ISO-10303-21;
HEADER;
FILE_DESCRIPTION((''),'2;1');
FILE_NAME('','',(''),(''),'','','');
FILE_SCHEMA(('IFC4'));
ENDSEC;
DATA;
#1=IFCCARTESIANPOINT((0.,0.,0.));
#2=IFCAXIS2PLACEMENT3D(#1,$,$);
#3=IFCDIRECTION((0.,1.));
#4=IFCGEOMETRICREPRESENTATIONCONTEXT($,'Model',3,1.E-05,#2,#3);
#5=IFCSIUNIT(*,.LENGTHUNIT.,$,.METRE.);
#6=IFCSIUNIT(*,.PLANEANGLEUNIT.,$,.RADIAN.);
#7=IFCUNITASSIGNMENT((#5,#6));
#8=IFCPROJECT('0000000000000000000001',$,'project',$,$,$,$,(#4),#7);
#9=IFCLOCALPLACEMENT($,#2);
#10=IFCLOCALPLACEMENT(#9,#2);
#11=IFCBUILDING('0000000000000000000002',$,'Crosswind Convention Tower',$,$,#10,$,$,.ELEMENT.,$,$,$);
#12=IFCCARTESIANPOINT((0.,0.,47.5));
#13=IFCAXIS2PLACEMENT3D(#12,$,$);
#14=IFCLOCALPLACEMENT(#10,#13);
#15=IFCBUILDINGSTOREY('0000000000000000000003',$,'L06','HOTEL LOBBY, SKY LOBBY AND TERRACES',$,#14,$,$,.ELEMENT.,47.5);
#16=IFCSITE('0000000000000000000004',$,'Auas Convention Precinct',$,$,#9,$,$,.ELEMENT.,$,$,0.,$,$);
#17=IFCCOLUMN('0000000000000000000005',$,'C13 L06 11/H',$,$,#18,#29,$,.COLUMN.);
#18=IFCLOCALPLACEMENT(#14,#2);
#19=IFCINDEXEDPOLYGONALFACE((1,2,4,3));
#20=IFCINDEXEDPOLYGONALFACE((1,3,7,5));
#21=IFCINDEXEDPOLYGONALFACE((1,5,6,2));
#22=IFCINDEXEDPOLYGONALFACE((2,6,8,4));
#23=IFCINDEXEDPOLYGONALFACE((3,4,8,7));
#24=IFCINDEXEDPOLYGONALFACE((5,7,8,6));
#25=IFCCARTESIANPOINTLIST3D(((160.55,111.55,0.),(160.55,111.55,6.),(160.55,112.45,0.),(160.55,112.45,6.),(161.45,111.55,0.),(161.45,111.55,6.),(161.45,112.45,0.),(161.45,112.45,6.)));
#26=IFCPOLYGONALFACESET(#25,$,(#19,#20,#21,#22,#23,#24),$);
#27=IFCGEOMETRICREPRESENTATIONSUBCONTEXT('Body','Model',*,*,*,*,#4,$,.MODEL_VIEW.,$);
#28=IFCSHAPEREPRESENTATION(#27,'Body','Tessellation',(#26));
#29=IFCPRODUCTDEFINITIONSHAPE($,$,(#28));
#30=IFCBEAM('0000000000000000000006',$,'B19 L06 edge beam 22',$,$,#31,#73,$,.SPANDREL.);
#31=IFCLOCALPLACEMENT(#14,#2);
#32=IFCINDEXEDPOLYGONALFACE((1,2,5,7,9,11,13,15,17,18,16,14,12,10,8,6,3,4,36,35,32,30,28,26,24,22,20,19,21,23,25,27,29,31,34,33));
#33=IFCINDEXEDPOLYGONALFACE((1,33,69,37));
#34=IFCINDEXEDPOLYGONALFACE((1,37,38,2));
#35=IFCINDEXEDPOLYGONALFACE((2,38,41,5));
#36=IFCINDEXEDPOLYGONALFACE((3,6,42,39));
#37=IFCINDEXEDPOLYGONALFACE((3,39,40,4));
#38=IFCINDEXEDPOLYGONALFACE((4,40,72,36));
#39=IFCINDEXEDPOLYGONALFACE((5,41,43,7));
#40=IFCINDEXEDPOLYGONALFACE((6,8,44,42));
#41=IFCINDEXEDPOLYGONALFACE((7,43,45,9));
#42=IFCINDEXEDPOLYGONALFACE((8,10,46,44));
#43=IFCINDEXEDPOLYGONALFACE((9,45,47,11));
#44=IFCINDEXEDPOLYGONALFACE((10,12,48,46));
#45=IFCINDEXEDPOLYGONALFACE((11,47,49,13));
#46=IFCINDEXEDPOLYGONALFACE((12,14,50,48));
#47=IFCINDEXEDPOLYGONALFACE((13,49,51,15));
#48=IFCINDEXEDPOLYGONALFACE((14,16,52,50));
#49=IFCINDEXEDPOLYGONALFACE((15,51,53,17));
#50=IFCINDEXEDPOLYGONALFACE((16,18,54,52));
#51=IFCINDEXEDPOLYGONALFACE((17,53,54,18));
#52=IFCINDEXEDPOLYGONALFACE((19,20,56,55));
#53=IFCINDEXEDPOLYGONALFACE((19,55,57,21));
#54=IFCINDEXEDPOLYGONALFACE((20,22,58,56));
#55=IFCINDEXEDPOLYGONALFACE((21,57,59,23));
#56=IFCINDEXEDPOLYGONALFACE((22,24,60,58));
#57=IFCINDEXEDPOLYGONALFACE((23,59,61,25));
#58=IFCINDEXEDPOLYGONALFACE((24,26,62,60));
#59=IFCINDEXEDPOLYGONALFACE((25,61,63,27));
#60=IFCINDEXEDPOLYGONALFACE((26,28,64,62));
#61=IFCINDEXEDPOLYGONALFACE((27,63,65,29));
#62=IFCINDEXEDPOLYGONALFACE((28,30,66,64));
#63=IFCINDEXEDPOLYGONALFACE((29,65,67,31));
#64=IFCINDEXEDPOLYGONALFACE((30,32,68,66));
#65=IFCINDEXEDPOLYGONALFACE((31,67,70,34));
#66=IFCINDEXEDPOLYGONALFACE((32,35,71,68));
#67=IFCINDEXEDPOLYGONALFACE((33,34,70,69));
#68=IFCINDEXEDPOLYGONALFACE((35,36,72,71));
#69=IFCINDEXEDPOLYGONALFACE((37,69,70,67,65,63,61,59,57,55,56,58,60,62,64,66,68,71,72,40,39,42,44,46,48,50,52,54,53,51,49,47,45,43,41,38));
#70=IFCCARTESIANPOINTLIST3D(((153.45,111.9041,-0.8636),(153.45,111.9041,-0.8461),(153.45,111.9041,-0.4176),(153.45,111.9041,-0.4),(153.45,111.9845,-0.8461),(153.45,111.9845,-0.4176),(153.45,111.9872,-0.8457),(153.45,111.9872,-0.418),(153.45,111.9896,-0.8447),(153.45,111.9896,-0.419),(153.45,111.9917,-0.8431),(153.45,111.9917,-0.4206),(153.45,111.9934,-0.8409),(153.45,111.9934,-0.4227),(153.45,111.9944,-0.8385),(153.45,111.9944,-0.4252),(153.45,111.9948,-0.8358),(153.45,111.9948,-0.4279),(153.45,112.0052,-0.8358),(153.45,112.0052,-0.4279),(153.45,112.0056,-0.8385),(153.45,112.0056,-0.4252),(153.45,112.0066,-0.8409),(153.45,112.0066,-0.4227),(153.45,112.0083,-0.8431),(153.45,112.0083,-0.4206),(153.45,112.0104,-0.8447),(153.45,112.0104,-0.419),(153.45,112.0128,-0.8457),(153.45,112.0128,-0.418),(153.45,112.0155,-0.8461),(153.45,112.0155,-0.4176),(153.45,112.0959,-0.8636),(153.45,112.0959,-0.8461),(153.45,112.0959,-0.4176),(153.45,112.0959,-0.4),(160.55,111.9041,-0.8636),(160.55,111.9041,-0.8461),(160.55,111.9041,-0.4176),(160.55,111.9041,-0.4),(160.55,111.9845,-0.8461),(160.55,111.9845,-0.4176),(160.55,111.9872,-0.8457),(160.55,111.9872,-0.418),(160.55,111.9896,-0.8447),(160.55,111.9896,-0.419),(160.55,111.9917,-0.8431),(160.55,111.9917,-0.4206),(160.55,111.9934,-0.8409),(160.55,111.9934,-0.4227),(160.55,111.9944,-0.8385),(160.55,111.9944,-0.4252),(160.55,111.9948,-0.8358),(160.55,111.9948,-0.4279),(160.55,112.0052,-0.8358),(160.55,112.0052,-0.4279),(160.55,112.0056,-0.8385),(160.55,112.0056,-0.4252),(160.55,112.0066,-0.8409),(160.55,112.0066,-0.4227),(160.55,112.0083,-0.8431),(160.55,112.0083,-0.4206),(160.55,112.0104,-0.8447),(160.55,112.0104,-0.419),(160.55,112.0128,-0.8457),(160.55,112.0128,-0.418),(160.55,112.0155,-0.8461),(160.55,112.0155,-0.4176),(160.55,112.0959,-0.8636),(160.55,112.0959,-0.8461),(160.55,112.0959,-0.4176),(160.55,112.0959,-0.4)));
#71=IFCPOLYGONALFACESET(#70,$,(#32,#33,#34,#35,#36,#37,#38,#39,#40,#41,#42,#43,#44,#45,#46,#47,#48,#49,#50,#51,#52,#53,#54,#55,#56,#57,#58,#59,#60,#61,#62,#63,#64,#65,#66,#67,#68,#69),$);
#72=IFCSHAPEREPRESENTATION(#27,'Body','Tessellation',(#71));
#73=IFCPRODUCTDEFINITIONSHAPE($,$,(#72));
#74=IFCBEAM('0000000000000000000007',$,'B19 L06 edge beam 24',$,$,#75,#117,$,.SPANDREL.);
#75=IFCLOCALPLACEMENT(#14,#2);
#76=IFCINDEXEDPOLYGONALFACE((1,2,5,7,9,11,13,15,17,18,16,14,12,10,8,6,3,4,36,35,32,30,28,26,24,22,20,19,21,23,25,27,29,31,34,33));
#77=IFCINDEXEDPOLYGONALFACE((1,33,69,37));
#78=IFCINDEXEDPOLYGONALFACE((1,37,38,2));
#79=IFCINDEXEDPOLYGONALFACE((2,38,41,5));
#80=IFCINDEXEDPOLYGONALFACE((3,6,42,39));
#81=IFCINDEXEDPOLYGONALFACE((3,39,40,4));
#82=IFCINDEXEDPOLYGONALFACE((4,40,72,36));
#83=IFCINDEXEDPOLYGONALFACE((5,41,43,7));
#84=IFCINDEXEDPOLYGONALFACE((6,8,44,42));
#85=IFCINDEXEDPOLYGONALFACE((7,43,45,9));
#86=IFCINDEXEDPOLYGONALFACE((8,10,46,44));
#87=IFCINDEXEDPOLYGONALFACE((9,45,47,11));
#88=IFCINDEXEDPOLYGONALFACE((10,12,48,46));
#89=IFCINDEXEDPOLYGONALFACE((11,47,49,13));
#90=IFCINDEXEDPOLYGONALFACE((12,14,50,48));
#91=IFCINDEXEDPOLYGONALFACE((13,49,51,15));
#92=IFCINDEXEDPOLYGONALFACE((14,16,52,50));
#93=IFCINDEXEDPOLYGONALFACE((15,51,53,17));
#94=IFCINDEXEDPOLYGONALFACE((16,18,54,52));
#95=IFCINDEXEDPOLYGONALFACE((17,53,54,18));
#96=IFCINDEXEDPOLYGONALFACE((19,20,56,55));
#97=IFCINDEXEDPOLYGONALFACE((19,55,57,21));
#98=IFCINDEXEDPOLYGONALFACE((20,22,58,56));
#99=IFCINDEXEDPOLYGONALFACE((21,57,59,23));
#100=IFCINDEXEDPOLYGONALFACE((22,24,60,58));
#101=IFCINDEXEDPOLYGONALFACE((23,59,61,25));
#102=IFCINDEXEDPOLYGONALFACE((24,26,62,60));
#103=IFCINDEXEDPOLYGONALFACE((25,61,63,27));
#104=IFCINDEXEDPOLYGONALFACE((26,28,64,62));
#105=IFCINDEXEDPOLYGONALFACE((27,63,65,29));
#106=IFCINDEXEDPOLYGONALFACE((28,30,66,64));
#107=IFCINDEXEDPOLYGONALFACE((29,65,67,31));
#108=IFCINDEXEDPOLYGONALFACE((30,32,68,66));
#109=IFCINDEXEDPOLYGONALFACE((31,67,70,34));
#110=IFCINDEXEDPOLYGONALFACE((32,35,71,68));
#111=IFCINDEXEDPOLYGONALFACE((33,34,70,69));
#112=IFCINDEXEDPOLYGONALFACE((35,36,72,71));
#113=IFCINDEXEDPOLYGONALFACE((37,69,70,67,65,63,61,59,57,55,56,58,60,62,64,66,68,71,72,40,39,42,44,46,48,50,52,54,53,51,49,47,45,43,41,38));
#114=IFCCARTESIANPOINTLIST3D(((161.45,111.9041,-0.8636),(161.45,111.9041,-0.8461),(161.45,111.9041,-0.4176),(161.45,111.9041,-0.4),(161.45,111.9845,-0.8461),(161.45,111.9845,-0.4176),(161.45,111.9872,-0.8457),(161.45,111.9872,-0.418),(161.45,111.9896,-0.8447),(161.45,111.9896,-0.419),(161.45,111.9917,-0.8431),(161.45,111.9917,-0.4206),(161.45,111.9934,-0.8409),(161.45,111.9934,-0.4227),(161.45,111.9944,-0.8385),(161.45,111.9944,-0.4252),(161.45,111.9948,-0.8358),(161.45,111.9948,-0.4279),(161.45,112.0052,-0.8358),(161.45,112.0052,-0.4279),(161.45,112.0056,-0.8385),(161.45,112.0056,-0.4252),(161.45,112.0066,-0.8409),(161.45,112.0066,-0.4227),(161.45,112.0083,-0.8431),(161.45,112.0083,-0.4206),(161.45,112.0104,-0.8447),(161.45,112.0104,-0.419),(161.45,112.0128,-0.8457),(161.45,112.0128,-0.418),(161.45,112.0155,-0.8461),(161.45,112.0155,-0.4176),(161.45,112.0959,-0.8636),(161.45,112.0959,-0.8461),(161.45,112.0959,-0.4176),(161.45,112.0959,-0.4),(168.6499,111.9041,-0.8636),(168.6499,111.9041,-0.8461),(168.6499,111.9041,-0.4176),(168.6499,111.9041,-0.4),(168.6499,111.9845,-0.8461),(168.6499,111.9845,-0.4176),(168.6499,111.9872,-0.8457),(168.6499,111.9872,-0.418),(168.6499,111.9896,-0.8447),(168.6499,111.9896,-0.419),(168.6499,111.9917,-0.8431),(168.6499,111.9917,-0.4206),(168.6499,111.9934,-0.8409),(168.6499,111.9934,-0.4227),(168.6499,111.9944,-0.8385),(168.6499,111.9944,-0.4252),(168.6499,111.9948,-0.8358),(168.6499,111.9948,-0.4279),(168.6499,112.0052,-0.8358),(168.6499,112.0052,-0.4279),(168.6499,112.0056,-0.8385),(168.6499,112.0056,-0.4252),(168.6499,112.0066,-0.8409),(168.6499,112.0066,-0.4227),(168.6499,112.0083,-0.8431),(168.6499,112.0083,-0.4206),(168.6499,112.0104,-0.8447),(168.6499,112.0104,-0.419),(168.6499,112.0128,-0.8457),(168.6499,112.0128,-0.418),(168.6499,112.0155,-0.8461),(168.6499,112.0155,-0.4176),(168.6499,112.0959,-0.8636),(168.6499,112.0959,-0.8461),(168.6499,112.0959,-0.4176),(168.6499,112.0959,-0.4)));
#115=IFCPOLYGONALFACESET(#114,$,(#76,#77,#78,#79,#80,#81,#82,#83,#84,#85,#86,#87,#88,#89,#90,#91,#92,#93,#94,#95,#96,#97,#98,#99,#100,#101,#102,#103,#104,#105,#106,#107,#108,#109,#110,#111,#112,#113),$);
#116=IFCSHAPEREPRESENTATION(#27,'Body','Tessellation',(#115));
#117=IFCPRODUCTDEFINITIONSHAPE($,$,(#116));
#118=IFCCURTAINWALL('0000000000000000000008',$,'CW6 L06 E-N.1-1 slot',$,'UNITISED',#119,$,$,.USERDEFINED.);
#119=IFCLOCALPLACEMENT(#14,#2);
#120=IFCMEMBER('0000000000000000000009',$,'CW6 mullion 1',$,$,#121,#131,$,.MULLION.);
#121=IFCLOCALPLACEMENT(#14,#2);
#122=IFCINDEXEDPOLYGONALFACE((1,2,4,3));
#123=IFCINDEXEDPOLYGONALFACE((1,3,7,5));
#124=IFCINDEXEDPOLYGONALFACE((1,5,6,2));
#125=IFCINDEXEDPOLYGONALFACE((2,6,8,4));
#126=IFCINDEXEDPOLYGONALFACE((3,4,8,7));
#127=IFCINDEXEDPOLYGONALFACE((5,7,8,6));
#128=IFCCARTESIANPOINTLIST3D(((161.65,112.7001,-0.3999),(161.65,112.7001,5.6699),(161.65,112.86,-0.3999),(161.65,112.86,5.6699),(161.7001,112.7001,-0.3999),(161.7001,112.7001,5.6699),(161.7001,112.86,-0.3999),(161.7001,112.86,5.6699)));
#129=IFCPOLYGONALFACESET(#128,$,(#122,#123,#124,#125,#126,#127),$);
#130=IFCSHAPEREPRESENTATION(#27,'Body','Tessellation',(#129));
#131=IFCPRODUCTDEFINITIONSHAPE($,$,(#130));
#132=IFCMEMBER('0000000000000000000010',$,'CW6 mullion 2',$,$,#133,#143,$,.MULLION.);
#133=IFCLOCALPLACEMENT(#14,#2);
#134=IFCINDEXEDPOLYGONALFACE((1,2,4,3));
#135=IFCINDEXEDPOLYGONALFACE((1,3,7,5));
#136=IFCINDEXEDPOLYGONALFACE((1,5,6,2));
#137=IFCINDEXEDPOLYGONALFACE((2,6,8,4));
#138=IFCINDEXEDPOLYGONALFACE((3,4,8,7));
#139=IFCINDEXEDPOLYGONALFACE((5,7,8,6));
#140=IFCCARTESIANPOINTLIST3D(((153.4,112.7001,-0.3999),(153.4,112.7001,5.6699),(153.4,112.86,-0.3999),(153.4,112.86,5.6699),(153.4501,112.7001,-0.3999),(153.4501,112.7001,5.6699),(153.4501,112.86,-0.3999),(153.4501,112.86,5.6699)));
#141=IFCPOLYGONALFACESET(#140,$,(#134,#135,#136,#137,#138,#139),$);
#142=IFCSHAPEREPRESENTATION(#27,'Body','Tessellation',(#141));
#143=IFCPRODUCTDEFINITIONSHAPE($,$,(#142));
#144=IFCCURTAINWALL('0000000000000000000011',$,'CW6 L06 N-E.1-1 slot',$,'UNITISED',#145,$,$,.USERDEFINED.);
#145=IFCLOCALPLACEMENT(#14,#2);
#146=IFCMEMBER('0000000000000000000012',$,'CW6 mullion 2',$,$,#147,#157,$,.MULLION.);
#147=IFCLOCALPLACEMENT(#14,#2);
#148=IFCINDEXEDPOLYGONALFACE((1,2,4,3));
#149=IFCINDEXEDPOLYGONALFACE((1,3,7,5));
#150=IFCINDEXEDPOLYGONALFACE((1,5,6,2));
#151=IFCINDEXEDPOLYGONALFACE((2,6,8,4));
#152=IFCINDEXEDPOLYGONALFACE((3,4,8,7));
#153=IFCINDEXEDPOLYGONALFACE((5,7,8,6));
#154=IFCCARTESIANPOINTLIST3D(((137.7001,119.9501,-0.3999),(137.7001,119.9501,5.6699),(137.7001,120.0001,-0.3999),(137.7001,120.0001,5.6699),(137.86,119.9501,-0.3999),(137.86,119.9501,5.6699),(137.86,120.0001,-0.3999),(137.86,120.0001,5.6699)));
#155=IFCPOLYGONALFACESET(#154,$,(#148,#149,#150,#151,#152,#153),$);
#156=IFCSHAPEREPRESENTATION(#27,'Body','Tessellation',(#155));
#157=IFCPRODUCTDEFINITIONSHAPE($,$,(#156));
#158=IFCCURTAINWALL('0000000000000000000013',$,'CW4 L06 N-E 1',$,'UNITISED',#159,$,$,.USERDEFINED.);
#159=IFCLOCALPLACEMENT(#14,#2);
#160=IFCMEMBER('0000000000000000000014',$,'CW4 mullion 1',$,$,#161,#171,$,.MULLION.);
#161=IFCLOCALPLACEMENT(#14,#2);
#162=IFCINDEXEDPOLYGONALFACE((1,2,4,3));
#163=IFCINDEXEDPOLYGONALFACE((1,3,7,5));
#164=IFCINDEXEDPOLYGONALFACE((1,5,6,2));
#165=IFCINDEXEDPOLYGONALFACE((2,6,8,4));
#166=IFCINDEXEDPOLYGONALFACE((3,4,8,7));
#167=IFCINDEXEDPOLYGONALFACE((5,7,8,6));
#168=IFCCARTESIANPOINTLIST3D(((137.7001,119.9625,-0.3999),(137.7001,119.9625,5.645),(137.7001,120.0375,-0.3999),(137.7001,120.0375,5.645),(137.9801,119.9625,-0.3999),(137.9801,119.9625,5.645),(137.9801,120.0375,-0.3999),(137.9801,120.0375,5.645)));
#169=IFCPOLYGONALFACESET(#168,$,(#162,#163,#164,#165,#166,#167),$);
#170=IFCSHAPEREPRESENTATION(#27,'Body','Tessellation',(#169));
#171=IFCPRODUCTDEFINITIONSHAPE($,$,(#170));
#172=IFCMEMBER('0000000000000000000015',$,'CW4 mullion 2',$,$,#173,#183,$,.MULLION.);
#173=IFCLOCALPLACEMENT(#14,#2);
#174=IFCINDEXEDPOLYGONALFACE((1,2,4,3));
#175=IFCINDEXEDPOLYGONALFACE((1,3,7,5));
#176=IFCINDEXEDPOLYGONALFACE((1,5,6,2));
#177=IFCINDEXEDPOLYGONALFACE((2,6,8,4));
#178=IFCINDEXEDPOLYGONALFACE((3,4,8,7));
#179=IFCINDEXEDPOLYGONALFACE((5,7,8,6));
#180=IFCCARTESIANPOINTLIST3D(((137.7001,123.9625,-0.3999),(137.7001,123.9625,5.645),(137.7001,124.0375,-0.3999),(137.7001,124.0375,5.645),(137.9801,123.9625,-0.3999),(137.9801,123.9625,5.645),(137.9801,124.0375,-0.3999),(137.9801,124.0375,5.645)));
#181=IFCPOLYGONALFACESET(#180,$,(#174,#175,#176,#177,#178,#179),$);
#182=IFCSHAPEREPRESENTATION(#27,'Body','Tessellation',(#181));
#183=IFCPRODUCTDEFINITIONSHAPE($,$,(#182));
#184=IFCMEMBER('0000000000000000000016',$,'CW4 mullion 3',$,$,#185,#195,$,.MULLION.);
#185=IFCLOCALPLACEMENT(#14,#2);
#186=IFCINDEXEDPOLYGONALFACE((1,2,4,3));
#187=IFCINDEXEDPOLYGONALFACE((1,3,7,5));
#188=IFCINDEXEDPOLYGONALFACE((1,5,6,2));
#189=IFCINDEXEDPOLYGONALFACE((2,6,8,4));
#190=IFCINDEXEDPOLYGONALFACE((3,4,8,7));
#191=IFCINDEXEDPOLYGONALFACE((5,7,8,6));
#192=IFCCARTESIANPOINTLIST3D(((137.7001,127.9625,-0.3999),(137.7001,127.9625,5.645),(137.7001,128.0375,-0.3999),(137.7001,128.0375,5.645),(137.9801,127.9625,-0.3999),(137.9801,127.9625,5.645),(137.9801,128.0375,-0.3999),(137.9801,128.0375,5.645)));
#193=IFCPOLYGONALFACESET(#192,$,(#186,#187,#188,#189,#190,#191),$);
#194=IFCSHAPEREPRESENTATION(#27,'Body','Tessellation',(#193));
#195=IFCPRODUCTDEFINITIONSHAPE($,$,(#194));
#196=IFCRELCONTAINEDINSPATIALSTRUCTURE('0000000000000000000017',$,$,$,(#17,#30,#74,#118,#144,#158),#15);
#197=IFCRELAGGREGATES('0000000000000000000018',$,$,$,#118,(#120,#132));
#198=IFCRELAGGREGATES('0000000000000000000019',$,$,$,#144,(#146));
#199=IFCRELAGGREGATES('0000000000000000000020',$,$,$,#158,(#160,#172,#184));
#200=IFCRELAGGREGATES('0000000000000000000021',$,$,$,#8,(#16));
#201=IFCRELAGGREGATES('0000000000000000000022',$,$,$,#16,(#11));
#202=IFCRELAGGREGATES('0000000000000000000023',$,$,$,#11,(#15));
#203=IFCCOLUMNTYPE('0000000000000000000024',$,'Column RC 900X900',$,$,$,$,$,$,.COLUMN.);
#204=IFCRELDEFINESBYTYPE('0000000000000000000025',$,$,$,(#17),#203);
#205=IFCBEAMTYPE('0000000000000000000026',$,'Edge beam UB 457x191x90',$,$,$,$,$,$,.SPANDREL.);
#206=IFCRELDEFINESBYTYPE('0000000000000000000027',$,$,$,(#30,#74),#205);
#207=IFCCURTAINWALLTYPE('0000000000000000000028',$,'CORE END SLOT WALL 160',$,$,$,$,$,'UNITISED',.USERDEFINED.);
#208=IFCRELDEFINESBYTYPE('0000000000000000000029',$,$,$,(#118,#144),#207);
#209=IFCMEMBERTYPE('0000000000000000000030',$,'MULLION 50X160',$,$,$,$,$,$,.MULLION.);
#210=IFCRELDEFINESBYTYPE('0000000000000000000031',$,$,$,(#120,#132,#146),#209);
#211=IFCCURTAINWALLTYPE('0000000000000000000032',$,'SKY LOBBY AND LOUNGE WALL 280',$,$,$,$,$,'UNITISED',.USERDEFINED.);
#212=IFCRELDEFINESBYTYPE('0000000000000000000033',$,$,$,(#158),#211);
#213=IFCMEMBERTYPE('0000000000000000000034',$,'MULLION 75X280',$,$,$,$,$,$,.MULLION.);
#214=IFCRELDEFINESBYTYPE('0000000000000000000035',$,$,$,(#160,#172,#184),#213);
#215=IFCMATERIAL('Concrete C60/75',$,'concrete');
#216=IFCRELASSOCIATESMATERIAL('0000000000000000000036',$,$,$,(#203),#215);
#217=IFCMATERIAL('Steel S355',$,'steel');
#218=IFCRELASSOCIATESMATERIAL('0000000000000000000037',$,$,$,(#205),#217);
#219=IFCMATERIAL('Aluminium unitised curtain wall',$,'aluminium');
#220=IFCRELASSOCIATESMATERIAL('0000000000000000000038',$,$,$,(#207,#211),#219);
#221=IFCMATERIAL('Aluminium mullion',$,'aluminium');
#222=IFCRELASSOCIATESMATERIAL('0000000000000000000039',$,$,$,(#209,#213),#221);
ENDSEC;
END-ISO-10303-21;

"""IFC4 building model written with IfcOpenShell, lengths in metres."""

from ifc_helpers import new_model, si_unit, direction, frame, origin, origin_2d, place, context, subcontext, project, spatial, rectangle, i_section, extrude, material, material_profile, profile_set, type_object, element, aggregate, save


model = new_model("IFC4")

# Units and contexts
model_context = context("Model", 3, precision=1e-05, world=origin(), true_north=direction((0.0, 1.0)))
body_context = subcontext(model_context, "Body", "Model", "MODEL_VIEW")
ifc_project = project(units=[si_unit("LENGTHUNIT", "METRE"), si_unit("PLANEANGLEUNIT", "RADIAN")], contexts=[model_context])

# Site, building, storey
site_placement = place(None, origin())
site = spatial("IfcSite", under=ifc_project, at=site_placement, Name="Auas Convention Precinct", CompositionType="ELEMENT", RefElevation=0.0)
building_placement = place(site_placement, origin())
building = spatial("IfcBuilding", under=site, at=building_placement, Name="Crosswind Convention Tower", CompositionType="ELEMENT")
storey_placement = place(building_placement, frame((0.0, 0.0, 47.5)))
storey = spatial("IfcBuildingStorey", under=building, at=storey_placement, Name="L06", Description="HOTEL LOBBY, SKY LOBBY AND TERRACES", CompositionType="ELEMENT", Elevation=47.5)

# Column
ifc_material_1 = material(Name="Concrete C60/75", Category="concrete")
ifc_material_profile_1 = material_profile(ifc_material_1, rectangle(XDim=0.8999, YDim=0.8999, at=origin_2d()), Name="RC 900X900")
ifc_profile_set_1 = profile_set([ifc_material_profile_1], Name="Concrete C60/75")
column_type = type_object("IfcColumnType", Name="Column RC 900X900", PredefinedType="COLUMN", material=ifc_profile_set_1)
column_placement = place(storey_placement, frame((161.0, 112.0, 0.0), z_axis=(0.0, 0.0, 1.0), x_axis=(1.0, 0.0, 0.0)))
element("IfcColumn", 1, at=column_placement, inside=storey, type_object=column_type, Name="C13 L06 11/H", PredefinedType="COLUMN", context=body_context, shape_type="SweptSolid", body=[
    extrude(rectangle(XDim=0.8999, YDim=0.8999, at=origin_2d()), origin(), (0.0, 0.0, 1.0), 6.0),
])

# Beams
ifc_material_2 = material(Name="Steel S355", Category="steel")
ifc_material_profile_2 = material_profile(ifc_material_2, i_section(OverallWidth=0.1919, OverallDepth=0.4636, WebThickness=0.0105, FlangeThickness=0.0176, FilletRadius=0.0103, at=origin_2d()), Name="UB 457x191x90")
ifc_profile_set_2 = profile_set([ifc_material_profile_2], Name="Steel S355")
beam_type = type_object("IfcBeamType", Name="Edge beam UB 457x191x90", PredefinedType="SPANDREL", material=ifc_profile_set_2)
beam_1_placement = place(storey_placement, frame((153.45, 112.0, -0.6318), z_axis=(1.0, 0.0, 0.0), x_axis=(0.0, 1.0, 0.0)))
element("IfcBeam", 2, at=beam_1_placement, inside=storey, type_object=beam_type, Name="B19 L06 edge beam 22", PredefinedType="SPANDREL", context=body_context, shape_type="SweptSolid", body=[
    extrude(i_section(OverallWidth=0.1919, OverallDepth=0.4636, WebThickness=0.0105, FlangeThickness=0.0176, FilletRadius=0.0103, at=origin_2d()), origin(), (0.0, 0.0, 1.0), 7.1001),
])
beam_2_placement = place(storey_placement, frame((161.45, 112.0, -0.6318), z_axis=(1.0, 0.0, 0.0), x_axis=(0.0, 1.0, 0.0)))
element("IfcBeam", 3, at=beam_2_placement, inside=storey, type_object=beam_type, Name="B19 L06 edge beam 24", PredefinedType="SPANDREL", context=body_context, shape_type="SweptSolid", body=[
    extrude(i_section(OverallWidth=0.1919, OverallDepth=0.4636, WebThickness=0.0105, FlangeThickness=0.0176, FilletRadius=0.0103, at=origin_2d()), origin(), (0.0, 0.0, 1.0), 7.2),
])

# Curtain wall, members
ifc_material_3 = material(Name="Aluminium unitised curtain wall", Category="aluminium")
curtain_wall_type_1 = type_object("IfcCurtainWallType", Name="CORE END SLOT WALL 160", ElementType="UNITISED", PredefinedType="USERDEFINED", material=ifc_material_3)
curtain_wall_1_placement = place(storey_placement, origin())
curtain_wall_1 = element("IfcCurtainWall", 4, at=curtain_wall_1_placement, inside=storey, type_object=curtain_wall_type_1, Name="CW6 L06 E-N.1-1 slot", ObjectType="UNITISED", PredefinedType="USERDEFINED")
ifc_material_4 = material(Name="Aluminium mullion", Category="aluminium")
ifc_material_profile_3 = material_profile(ifc_material_4, rectangle(XDim=0.1599, YDim=0.05, at=origin_2d()), Name="AL 160X50")
ifc_profile_set_3 = profile_set([ifc_material_profile_3], Name="Aluminium mullion")
member_type_1 = type_object("IfcMemberType", Name="MULLION 50X160", PredefinedType="MULLION", material=ifc_profile_set_3)
member_1_placement = place(storey_placement, frame((161.675, 112.78, -0.3999), z_axis=(0.0, 0.0, 1.0), x_axis=(0.0, 1.0, 0.0)))
member_1 = element("IfcMember", 5, at=member_1_placement, type_object=member_type_1, Name="CW6 mullion 1", PredefinedType="MULLION", context=body_context, shape_type="SweptSolid", body=[
    extrude(rectangle(XDim=0.1599, YDim=0.05, at=origin_2d()), origin(), (0.0, 0.0, 1.0), 6.0698),
])
member_2_placement = place(storey_placement, frame((153.425, 112.78, -0.3999), z_axis=(0.0, 0.0, 1.0), x_axis=(0.0, 1.0, 0.0)))
member_2 = element("IfcMember", 6, at=member_2_placement, type_object=member_type_1, Name="CW6 mullion 2", PredefinedType="MULLION", context=body_context, shape_type="SweptSolid", body=[
    extrude(rectangle(XDim=0.1599, YDim=0.05, at=origin_2d()), origin(), (0.0, 0.0, 1.0), 6.0698),
])

# Curtain wall, member
curtain_wall_2_placement = place(storey_placement, origin())
curtain_wall_2 = element("IfcCurtainWall", 7, at=curtain_wall_2_placement, inside=storey, type_object=curtain_wall_type_1, Name="CW6 L06 N-E.1-1 slot", ObjectType="UNITISED", PredefinedType="USERDEFINED")
member_3_placement = place(storey_placement, frame((137.78, 119.9751, -0.3999), z_axis=(0.0, 0.0, 1.0), x_axis=(1.0, 0.0, 0.0)))
member_3 = element("IfcMember", 8, at=member_3_placement, type_object=member_type_1, Name="CW6 mullion 2", PredefinedType="MULLION", context=body_context, shape_type="SweptSolid", body=[
    extrude(rectangle(XDim=0.1599, YDim=0.05, at=origin_2d()), origin(), (0.0, 0.0, 1.0), 6.0698),
])

# Curtain wall, members
curtain_wall_type_2 = type_object("IfcCurtainWallType", Name="SKY LOBBY AND LOUNGE WALL 280", ElementType="UNITISED", PredefinedType="USERDEFINED", material=ifc_material_3)
curtain_wall_3_placement = place(storey_placement, origin())
curtain_wall_3 = element("IfcCurtainWall", 9, at=curtain_wall_3_placement, inside=storey, type_object=curtain_wall_type_2, Name="CW4 L06 N-E 1", ObjectType="UNITISED", PredefinedType="USERDEFINED")
ifc_material_profile_4 = material_profile(ifc_material_4, rectangle(XDim=0.28, YDim=0.075, at=origin_2d()), Name="AL 280X75")
ifc_profile_set_4 = profile_set([ifc_material_profile_4], Name="Aluminium mullion")
member_type_2 = type_object("IfcMemberType", Name="MULLION 75X280", PredefinedType="MULLION", material=ifc_profile_set_4)
member_4_placement = place(storey_placement, frame((137.8401, 120.0, -0.3999), z_axis=(0.0, 0.0, 1.0), x_axis=(1.0, 0.0, 0.0)))
member_4 = element("IfcMember", 10, at=member_4_placement, type_object=member_type_2, Name="CW4 mullion 1", PredefinedType="MULLION", context=body_context, shape_type="SweptSolid", body=[
    extrude(rectangle(XDim=0.28, YDim=0.075, at=origin_2d()), origin(), (0.0, 0.0, 1.0), 6.0449),
])
member_5_placement = place(storey_placement, frame((137.8401, 124.0, -0.3999), z_axis=(0.0, 0.0, 1.0), x_axis=(1.0, 0.0, 0.0)))
member_5 = element("IfcMember", 11, at=member_5_placement, type_object=member_type_2, Name="CW4 mullion 2", PredefinedType="MULLION", context=body_context, shape_type="SweptSolid", body=[
    extrude(rectangle(XDim=0.28, YDim=0.075, at=origin_2d()), origin(), (0.0, 0.0, 1.0), 6.0449),
])
member_6_placement = place(storey_placement, frame((137.8401, 128.0, -0.3999), z_axis=(0.0, 0.0, 1.0), x_axis=(1.0, 0.0, 0.0)))
member_6 = element("IfcMember", 12, at=member_6_placement, type_object=member_type_2, Name="CW4 mullion 3", PredefinedType="MULLION", context=body_context, shape_type="SweptSolid", body=[
    extrude(rectangle(XDim=0.28, YDim=0.075, at=origin_2d()), origin(), (0.0, 0.0, 1.0), 6.0449),
])

aggregate(curtain_wall_1, [member_1, member_2])
aggregate(curtain_wall_2, [member_3])

aggregate(curtain_wall_3, [member_4, member_5, member_6])

save(model, "model.ifc")
